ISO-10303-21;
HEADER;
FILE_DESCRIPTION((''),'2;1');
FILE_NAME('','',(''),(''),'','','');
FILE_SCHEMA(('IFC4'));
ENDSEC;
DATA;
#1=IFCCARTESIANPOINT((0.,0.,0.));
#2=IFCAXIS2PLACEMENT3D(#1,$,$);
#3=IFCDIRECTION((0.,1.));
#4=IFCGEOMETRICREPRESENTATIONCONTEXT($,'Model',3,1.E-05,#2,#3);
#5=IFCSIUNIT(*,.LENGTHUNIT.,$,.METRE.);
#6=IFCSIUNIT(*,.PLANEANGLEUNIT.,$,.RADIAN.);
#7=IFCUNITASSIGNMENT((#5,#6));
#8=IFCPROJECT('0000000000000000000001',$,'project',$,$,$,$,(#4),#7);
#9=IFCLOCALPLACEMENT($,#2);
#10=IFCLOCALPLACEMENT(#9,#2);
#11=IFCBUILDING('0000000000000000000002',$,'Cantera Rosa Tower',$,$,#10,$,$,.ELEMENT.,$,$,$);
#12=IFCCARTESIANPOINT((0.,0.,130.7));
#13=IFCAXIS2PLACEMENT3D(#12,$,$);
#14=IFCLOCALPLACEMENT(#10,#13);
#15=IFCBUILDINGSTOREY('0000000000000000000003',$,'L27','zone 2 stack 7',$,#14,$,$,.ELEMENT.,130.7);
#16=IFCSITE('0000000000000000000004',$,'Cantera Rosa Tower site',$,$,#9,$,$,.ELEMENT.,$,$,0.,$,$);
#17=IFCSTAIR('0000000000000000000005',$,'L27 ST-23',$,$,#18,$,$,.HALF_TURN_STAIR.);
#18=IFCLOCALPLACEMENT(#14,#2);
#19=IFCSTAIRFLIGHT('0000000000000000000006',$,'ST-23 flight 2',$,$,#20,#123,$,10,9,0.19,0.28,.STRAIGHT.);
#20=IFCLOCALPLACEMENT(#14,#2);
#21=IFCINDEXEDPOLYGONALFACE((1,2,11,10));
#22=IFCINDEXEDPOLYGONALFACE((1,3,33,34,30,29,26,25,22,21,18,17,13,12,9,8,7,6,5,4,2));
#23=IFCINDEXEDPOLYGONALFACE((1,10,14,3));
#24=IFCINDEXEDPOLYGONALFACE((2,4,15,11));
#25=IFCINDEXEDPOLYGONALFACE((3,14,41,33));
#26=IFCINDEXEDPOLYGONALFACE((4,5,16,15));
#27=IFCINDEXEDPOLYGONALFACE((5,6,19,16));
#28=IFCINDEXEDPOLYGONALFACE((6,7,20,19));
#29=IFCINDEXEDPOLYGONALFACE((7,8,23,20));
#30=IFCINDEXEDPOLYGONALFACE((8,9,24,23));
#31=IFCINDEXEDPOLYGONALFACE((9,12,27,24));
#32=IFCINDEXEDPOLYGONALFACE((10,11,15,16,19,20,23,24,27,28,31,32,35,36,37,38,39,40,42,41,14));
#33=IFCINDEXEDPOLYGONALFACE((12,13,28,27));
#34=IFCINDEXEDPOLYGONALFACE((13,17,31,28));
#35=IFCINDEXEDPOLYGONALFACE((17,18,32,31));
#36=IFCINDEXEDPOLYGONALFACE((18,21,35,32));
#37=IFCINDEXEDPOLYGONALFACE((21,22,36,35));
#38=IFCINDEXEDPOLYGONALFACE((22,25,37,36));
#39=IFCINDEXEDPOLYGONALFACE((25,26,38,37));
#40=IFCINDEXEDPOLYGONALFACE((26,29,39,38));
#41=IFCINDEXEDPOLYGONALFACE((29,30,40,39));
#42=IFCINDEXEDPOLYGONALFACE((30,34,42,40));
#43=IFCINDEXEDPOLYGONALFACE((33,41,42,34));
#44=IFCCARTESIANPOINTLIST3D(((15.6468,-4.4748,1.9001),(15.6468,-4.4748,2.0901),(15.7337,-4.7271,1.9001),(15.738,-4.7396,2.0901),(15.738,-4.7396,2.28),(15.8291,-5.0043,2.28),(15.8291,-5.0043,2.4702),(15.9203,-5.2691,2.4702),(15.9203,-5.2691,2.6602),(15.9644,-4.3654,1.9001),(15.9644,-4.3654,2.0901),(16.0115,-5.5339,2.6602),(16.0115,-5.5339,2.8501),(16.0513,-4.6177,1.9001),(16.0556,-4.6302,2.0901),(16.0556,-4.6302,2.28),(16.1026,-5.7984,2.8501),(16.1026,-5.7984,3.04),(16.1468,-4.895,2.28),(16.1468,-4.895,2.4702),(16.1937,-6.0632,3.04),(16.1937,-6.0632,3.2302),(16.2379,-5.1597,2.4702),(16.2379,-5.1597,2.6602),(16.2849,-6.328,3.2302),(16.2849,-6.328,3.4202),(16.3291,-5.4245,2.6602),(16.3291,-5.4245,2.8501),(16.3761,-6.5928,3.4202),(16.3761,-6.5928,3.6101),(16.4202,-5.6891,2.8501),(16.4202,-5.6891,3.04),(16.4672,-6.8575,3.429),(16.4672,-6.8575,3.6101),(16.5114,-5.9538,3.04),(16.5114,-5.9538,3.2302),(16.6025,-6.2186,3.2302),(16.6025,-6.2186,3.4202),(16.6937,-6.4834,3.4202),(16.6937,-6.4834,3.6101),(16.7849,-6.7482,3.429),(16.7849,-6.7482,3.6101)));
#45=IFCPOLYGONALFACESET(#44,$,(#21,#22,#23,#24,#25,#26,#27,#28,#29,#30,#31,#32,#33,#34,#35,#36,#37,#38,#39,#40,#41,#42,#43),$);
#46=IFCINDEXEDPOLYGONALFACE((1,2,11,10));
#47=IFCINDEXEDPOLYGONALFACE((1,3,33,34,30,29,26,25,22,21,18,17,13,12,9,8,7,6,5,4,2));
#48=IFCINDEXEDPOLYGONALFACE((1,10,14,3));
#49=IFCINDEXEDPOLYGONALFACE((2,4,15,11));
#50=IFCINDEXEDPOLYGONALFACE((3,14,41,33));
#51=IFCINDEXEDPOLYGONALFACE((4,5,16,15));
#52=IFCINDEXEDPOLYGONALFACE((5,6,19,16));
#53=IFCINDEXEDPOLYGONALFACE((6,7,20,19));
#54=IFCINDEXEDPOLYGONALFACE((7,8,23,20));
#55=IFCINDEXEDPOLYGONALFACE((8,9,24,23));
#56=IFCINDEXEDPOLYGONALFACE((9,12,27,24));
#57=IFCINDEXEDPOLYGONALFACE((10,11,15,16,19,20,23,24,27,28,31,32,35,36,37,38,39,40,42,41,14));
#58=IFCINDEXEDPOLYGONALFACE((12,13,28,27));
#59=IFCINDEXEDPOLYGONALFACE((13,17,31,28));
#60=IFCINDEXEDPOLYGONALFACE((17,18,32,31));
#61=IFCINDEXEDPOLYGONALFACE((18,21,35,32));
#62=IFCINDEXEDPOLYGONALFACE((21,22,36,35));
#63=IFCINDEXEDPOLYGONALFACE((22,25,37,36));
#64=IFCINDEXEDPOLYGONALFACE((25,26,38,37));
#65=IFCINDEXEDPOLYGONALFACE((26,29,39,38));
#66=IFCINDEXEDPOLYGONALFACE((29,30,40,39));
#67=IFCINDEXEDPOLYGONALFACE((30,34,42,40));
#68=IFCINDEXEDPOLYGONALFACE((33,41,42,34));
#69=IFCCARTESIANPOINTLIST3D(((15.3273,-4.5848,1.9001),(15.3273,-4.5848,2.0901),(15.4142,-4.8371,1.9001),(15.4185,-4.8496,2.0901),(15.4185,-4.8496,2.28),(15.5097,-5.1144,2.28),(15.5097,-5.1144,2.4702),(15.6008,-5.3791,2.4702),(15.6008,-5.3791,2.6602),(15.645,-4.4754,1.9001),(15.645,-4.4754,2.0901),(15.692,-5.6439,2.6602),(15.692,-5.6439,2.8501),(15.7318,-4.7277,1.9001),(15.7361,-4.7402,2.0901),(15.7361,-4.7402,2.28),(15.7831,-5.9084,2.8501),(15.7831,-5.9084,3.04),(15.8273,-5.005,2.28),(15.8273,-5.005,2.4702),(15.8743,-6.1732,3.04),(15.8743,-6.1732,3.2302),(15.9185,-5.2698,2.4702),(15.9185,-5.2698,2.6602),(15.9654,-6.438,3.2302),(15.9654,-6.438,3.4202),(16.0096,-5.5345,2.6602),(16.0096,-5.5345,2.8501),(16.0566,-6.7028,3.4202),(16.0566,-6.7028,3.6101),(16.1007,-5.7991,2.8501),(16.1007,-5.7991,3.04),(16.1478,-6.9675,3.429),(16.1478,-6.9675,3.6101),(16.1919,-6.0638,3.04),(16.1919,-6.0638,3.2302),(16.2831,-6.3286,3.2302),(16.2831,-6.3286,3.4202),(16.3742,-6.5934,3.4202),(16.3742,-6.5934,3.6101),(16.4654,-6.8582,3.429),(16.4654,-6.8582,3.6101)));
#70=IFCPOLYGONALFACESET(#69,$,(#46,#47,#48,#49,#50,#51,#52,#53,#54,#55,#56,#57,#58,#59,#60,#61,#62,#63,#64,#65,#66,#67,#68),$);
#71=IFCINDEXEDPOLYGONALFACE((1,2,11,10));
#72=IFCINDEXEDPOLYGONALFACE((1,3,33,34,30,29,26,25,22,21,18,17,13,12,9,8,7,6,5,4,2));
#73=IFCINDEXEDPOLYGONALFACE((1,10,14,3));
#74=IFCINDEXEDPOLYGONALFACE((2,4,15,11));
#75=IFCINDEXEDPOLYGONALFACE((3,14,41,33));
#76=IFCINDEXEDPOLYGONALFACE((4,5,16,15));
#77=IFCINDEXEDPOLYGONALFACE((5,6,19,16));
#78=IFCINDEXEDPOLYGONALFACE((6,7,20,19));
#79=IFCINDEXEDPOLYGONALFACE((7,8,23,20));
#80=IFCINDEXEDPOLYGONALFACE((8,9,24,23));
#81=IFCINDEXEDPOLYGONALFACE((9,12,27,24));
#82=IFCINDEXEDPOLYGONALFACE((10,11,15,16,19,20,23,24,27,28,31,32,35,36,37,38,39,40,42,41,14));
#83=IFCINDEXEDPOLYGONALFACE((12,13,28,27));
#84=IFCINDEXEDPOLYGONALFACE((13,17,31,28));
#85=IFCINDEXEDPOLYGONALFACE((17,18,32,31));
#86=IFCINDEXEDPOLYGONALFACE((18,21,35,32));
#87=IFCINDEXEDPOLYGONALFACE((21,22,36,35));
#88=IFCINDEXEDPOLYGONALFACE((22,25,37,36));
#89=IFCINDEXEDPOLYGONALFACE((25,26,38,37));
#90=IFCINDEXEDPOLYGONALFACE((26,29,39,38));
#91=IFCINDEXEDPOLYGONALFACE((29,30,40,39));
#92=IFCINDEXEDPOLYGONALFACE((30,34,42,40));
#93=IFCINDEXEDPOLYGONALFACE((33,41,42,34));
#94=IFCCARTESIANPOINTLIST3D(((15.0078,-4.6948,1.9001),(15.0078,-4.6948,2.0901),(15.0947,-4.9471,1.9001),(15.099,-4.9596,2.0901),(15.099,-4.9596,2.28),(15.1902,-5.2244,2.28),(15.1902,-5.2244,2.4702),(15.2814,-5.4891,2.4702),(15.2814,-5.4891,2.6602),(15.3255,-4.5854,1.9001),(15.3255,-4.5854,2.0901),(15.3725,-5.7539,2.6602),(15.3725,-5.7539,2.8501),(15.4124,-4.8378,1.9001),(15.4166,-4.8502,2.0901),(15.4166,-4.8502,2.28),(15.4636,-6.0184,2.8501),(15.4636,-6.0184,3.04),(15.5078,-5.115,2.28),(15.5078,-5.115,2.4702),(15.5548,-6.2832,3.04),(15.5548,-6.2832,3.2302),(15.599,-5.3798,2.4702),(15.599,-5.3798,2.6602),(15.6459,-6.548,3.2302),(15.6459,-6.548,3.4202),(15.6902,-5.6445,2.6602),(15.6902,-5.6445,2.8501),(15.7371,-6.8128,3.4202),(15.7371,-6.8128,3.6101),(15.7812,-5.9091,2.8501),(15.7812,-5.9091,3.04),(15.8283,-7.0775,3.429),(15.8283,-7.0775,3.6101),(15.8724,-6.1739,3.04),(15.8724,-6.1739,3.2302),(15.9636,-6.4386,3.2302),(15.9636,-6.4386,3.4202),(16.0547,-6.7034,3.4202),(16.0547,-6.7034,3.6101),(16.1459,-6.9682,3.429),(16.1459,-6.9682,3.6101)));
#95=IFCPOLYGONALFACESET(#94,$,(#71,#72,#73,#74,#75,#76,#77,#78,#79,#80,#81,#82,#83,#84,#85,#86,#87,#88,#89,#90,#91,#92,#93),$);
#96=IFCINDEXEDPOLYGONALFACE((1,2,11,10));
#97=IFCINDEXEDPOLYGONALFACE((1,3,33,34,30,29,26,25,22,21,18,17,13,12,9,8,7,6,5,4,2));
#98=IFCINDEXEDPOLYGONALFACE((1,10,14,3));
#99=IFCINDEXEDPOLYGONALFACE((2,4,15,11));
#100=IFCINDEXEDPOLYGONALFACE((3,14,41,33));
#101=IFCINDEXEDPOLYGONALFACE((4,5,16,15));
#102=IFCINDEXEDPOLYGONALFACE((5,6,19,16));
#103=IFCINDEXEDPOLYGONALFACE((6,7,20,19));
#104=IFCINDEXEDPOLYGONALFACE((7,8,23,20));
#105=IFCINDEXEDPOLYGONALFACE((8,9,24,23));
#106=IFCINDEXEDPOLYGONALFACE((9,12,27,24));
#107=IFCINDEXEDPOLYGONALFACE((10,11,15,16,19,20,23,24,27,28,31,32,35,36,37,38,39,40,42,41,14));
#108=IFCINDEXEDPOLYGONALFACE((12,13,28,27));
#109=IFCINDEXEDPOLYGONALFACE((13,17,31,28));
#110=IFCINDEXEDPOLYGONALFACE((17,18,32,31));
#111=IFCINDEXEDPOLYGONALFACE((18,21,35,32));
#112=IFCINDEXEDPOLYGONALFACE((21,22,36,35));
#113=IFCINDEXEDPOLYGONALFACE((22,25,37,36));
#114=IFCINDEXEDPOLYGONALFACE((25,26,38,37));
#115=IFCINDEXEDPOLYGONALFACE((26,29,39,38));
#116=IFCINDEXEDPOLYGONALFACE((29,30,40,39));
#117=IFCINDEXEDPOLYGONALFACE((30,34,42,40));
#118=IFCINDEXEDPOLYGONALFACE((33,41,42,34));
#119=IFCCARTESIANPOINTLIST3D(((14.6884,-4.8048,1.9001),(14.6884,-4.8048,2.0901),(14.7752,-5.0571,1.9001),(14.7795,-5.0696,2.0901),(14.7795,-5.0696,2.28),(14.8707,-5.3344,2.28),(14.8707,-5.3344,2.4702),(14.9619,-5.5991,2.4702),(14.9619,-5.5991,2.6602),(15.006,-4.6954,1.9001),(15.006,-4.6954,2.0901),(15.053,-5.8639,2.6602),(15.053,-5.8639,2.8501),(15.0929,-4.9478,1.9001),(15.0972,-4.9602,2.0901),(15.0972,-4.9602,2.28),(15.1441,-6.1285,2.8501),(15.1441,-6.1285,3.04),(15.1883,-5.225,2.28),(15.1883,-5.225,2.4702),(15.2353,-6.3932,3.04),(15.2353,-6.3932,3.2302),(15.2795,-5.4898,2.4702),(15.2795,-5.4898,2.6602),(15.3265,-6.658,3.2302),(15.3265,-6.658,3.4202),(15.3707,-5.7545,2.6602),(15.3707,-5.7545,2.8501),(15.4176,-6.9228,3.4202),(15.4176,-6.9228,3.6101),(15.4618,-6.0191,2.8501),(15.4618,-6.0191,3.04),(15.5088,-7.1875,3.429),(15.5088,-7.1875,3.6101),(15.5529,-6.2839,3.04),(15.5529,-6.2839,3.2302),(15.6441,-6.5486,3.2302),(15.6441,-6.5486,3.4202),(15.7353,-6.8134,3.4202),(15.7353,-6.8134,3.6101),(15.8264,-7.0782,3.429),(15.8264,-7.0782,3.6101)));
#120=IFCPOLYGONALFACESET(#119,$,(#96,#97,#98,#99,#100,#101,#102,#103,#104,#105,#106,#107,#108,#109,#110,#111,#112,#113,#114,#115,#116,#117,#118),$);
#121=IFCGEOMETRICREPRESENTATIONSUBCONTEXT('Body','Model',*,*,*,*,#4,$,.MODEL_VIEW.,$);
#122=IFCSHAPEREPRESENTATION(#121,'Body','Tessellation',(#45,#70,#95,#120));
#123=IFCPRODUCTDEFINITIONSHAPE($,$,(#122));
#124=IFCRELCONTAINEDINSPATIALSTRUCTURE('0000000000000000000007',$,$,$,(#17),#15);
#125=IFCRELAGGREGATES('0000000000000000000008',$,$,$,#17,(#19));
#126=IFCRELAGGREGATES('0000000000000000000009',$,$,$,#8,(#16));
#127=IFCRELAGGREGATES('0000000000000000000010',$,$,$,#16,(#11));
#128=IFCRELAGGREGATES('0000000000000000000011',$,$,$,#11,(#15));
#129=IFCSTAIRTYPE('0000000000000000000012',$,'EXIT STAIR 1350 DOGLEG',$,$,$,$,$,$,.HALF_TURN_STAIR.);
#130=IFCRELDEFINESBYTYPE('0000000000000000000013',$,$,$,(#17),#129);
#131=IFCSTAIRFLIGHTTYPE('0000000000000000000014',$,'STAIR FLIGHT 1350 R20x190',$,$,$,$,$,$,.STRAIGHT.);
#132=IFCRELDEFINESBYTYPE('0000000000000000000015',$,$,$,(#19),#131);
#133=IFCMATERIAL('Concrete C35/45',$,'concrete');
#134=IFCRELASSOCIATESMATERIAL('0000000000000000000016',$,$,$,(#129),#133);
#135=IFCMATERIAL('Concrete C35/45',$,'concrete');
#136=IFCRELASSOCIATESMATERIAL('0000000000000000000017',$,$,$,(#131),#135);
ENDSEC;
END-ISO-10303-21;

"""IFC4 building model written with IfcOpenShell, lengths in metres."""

from ifc_helpers import new_model, si_unit, direction, frame, origin, place, context, subcontext, project, spatial, polyline, outline, extrude, material, type_object, element, aggregate, save


model = new_model("IFC4")

# Units and contexts
model_context = context("Model", 3, precision=1e-05, world=origin(), true_north=direction((0.0, 1.0)))
body_context = subcontext(model_context, "Body", "Model", "MODEL_VIEW")
ifc_project = project(units=[si_unit("LENGTHUNIT", "METRE"), si_unit("PLANEANGLEUNIT", "RADIAN")], contexts=[model_context])

# Site, building, storey
site_placement = place(None, origin())
site = spatial("IfcSite", under=ifc_project, at=site_placement, Name="Cantera Rosa Tower site", CompositionType="ELEMENT", RefElevation=0.0)
building_placement = place(site_placement, origin())
building = spatial("IfcBuilding", under=site, at=building_placement, Name="Cantera Rosa Tower", CompositionType="ELEMENT")
storey_placement = place(building_placement, frame((0.0, 0.0, 130.7)))
storey = spatial("IfcBuildingStorey", under=building, at=storey_placement, Name="L27", Description="zone 2 stack 7", CompositionType="ELEMENT", Elevation=130.7)

# Stair, stair flight
ifc_material_1 = material(Name="Concrete C35/45", Category="concrete")
stair_type = type_object("IfcStairType", Name="EXIT STAIR 1350 DOGLEG", PredefinedType="HALF_TURN_STAIR", material=ifc_material_1)
stair_placement = place(storey_placement, origin())
stair = element("IfcStair", 1, at=stair_placement, inside=storey, type_object=stair_type, Name="L27 ST-23", PredefinedType="HALF_TURN_STAIR")
ifc_material_2 = material(Name="Concrete C35/45", Category="concrete")
stair_flight_type = type_object("IfcStairFlightType", Name="STAIR FLIGHT 1350 R20x190", PredefinedType="STRAIGHT", material=ifc_material_2)
stair_flight_placement = place(storey_placement, frame((15.3262, -4.5852, 1.9001), z_axis=(0.0, 0.0, 1.0), x_axis=(0.325568, -0.945519, 0.0)))
stair_flight = element("IfcStairFlight", 2, at=stair_flight_placement, type_object=stair_flight_type, Name="ST-23 flight 2", NumberOfRisers=10, NumberOfTreads=9, PredefinedType="STRAIGHT", RiserHeight=0.19, TreadLength=0.28, context=body_context, shape_type="SweptSolid", body=[
    extrude(outline(polyline([(0.0, 0.0), (0.0, 0.1899), (0.28, 0.1899), (0.28, 0.3799), (0.5601, 0.3799), (0.5601, 0.5701), (0.8401, 0.5701), (0.8401, 0.76), (1.1201, 0.76), (1.1201, 0.95), (1.3999, 0.95), (1.3999, 1.1399), (1.6799, 1.1399), (1.6799, 1.3301), (1.96, 1.3301), (1.96, 1.52), (2.24, 1.52), (2.24, 1.71), (2.52, 1.71), (2.52, 1.8999), (2.52, 1.5288), (0.2668, 0.0), (0.0, 0.0)])), frame((0.0, 0.675, 0.0), z_axis=(0.0, -1.0, 0.0), x_axis=(1.0, 0.0, 0.0)), (0.0, 0.0, 1.0), 0.3359),
    extrude(outline(polyline([(0.0, 0.0), (0.0, 0.1899), (0.28, 0.1899), (0.28, 0.3799), (0.5601, 0.3799), (0.5601, 0.5701), (0.8401, 0.5701), (0.8401, 0.76), (1.1201, 0.76), (1.1201, 0.95), (1.3999, 0.95), (1.3999, 1.1399), (1.6799, 1.1399), (1.6799, 1.3301), (1.96, 1.3301), (1.96, 1.52), (2.24, 1.52), (2.24, 1.71), (2.52, 1.71), (2.52, 1.8999), (2.52, 1.5288), (0.2668, 0.0), (0.0, 0.0)])), frame((0.0, 0.3372, 0.0), z_axis=(0.0, -1.0, 0.0), x_axis=(1.0, 0.0, 0.0)), (0.0, 0.0, 1.0), 0.3359),
    extrude(outline(polyline([(0.0, 0.0), (0.0, 0.1899), (0.28, 0.1899), (0.28, 0.3799), (0.5601, 0.3799), (0.5601, 0.5701), (0.8401, 0.5701), (0.8401, 0.76), (1.1201, 0.76), (1.1201, 0.95), (1.3999, 0.95), (1.3999, 1.1399), (1.6799, 1.1399), (1.6799, 1.3301), (1.96, 1.3301), (1.96, 1.52), (2.24, 1.52), (2.24, 1.71), (2.52, 1.71), (2.52, 1.8999), (2.52, 1.5288), (0.2668, 0.0), (0.0, 0.0)])), frame((0.0, -0.0007, 0.0), z_axis=(0.0, -1.0, 0.0), x_axis=(1.0, 0.0, 0.0)), (0.0, 0.0, 1.0), 0.3359),
    extrude(outline(polyline([(0.0, 0.0), (0.0, 0.1899), (0.28, 0.1899), (0.28, 0.3799), (0.5601, 0.3799), (0.5601, 0.5701), (0.8401, 0.5701), (0.8401, 0.76), (1.1201, 0.76), (1.1201, 0.95), (1.3999, 0.95), (1.3999, 1.1399), (1.6799, 1.1399), (1.6799, 1.3301), (1.96, 1.3301), (1.96, 1.52), (2.24, 1.52), (2.24, 1.71), (2.52, 1.71), (2.52, 1.8999), (2.52, 1.5288), (0.2668, 0.0), (0.0, 0.0)])), frame((0.0, -0.3386, 0.0), z_axis=(0.0, -1.0, 0.0), x_axis=(1.0, 0.0, 0.0)), (0.0, 0.0, 1.0), 0.3359),
])
aggregate(stair, [stair_flight])

save(model, "model.ifc")
